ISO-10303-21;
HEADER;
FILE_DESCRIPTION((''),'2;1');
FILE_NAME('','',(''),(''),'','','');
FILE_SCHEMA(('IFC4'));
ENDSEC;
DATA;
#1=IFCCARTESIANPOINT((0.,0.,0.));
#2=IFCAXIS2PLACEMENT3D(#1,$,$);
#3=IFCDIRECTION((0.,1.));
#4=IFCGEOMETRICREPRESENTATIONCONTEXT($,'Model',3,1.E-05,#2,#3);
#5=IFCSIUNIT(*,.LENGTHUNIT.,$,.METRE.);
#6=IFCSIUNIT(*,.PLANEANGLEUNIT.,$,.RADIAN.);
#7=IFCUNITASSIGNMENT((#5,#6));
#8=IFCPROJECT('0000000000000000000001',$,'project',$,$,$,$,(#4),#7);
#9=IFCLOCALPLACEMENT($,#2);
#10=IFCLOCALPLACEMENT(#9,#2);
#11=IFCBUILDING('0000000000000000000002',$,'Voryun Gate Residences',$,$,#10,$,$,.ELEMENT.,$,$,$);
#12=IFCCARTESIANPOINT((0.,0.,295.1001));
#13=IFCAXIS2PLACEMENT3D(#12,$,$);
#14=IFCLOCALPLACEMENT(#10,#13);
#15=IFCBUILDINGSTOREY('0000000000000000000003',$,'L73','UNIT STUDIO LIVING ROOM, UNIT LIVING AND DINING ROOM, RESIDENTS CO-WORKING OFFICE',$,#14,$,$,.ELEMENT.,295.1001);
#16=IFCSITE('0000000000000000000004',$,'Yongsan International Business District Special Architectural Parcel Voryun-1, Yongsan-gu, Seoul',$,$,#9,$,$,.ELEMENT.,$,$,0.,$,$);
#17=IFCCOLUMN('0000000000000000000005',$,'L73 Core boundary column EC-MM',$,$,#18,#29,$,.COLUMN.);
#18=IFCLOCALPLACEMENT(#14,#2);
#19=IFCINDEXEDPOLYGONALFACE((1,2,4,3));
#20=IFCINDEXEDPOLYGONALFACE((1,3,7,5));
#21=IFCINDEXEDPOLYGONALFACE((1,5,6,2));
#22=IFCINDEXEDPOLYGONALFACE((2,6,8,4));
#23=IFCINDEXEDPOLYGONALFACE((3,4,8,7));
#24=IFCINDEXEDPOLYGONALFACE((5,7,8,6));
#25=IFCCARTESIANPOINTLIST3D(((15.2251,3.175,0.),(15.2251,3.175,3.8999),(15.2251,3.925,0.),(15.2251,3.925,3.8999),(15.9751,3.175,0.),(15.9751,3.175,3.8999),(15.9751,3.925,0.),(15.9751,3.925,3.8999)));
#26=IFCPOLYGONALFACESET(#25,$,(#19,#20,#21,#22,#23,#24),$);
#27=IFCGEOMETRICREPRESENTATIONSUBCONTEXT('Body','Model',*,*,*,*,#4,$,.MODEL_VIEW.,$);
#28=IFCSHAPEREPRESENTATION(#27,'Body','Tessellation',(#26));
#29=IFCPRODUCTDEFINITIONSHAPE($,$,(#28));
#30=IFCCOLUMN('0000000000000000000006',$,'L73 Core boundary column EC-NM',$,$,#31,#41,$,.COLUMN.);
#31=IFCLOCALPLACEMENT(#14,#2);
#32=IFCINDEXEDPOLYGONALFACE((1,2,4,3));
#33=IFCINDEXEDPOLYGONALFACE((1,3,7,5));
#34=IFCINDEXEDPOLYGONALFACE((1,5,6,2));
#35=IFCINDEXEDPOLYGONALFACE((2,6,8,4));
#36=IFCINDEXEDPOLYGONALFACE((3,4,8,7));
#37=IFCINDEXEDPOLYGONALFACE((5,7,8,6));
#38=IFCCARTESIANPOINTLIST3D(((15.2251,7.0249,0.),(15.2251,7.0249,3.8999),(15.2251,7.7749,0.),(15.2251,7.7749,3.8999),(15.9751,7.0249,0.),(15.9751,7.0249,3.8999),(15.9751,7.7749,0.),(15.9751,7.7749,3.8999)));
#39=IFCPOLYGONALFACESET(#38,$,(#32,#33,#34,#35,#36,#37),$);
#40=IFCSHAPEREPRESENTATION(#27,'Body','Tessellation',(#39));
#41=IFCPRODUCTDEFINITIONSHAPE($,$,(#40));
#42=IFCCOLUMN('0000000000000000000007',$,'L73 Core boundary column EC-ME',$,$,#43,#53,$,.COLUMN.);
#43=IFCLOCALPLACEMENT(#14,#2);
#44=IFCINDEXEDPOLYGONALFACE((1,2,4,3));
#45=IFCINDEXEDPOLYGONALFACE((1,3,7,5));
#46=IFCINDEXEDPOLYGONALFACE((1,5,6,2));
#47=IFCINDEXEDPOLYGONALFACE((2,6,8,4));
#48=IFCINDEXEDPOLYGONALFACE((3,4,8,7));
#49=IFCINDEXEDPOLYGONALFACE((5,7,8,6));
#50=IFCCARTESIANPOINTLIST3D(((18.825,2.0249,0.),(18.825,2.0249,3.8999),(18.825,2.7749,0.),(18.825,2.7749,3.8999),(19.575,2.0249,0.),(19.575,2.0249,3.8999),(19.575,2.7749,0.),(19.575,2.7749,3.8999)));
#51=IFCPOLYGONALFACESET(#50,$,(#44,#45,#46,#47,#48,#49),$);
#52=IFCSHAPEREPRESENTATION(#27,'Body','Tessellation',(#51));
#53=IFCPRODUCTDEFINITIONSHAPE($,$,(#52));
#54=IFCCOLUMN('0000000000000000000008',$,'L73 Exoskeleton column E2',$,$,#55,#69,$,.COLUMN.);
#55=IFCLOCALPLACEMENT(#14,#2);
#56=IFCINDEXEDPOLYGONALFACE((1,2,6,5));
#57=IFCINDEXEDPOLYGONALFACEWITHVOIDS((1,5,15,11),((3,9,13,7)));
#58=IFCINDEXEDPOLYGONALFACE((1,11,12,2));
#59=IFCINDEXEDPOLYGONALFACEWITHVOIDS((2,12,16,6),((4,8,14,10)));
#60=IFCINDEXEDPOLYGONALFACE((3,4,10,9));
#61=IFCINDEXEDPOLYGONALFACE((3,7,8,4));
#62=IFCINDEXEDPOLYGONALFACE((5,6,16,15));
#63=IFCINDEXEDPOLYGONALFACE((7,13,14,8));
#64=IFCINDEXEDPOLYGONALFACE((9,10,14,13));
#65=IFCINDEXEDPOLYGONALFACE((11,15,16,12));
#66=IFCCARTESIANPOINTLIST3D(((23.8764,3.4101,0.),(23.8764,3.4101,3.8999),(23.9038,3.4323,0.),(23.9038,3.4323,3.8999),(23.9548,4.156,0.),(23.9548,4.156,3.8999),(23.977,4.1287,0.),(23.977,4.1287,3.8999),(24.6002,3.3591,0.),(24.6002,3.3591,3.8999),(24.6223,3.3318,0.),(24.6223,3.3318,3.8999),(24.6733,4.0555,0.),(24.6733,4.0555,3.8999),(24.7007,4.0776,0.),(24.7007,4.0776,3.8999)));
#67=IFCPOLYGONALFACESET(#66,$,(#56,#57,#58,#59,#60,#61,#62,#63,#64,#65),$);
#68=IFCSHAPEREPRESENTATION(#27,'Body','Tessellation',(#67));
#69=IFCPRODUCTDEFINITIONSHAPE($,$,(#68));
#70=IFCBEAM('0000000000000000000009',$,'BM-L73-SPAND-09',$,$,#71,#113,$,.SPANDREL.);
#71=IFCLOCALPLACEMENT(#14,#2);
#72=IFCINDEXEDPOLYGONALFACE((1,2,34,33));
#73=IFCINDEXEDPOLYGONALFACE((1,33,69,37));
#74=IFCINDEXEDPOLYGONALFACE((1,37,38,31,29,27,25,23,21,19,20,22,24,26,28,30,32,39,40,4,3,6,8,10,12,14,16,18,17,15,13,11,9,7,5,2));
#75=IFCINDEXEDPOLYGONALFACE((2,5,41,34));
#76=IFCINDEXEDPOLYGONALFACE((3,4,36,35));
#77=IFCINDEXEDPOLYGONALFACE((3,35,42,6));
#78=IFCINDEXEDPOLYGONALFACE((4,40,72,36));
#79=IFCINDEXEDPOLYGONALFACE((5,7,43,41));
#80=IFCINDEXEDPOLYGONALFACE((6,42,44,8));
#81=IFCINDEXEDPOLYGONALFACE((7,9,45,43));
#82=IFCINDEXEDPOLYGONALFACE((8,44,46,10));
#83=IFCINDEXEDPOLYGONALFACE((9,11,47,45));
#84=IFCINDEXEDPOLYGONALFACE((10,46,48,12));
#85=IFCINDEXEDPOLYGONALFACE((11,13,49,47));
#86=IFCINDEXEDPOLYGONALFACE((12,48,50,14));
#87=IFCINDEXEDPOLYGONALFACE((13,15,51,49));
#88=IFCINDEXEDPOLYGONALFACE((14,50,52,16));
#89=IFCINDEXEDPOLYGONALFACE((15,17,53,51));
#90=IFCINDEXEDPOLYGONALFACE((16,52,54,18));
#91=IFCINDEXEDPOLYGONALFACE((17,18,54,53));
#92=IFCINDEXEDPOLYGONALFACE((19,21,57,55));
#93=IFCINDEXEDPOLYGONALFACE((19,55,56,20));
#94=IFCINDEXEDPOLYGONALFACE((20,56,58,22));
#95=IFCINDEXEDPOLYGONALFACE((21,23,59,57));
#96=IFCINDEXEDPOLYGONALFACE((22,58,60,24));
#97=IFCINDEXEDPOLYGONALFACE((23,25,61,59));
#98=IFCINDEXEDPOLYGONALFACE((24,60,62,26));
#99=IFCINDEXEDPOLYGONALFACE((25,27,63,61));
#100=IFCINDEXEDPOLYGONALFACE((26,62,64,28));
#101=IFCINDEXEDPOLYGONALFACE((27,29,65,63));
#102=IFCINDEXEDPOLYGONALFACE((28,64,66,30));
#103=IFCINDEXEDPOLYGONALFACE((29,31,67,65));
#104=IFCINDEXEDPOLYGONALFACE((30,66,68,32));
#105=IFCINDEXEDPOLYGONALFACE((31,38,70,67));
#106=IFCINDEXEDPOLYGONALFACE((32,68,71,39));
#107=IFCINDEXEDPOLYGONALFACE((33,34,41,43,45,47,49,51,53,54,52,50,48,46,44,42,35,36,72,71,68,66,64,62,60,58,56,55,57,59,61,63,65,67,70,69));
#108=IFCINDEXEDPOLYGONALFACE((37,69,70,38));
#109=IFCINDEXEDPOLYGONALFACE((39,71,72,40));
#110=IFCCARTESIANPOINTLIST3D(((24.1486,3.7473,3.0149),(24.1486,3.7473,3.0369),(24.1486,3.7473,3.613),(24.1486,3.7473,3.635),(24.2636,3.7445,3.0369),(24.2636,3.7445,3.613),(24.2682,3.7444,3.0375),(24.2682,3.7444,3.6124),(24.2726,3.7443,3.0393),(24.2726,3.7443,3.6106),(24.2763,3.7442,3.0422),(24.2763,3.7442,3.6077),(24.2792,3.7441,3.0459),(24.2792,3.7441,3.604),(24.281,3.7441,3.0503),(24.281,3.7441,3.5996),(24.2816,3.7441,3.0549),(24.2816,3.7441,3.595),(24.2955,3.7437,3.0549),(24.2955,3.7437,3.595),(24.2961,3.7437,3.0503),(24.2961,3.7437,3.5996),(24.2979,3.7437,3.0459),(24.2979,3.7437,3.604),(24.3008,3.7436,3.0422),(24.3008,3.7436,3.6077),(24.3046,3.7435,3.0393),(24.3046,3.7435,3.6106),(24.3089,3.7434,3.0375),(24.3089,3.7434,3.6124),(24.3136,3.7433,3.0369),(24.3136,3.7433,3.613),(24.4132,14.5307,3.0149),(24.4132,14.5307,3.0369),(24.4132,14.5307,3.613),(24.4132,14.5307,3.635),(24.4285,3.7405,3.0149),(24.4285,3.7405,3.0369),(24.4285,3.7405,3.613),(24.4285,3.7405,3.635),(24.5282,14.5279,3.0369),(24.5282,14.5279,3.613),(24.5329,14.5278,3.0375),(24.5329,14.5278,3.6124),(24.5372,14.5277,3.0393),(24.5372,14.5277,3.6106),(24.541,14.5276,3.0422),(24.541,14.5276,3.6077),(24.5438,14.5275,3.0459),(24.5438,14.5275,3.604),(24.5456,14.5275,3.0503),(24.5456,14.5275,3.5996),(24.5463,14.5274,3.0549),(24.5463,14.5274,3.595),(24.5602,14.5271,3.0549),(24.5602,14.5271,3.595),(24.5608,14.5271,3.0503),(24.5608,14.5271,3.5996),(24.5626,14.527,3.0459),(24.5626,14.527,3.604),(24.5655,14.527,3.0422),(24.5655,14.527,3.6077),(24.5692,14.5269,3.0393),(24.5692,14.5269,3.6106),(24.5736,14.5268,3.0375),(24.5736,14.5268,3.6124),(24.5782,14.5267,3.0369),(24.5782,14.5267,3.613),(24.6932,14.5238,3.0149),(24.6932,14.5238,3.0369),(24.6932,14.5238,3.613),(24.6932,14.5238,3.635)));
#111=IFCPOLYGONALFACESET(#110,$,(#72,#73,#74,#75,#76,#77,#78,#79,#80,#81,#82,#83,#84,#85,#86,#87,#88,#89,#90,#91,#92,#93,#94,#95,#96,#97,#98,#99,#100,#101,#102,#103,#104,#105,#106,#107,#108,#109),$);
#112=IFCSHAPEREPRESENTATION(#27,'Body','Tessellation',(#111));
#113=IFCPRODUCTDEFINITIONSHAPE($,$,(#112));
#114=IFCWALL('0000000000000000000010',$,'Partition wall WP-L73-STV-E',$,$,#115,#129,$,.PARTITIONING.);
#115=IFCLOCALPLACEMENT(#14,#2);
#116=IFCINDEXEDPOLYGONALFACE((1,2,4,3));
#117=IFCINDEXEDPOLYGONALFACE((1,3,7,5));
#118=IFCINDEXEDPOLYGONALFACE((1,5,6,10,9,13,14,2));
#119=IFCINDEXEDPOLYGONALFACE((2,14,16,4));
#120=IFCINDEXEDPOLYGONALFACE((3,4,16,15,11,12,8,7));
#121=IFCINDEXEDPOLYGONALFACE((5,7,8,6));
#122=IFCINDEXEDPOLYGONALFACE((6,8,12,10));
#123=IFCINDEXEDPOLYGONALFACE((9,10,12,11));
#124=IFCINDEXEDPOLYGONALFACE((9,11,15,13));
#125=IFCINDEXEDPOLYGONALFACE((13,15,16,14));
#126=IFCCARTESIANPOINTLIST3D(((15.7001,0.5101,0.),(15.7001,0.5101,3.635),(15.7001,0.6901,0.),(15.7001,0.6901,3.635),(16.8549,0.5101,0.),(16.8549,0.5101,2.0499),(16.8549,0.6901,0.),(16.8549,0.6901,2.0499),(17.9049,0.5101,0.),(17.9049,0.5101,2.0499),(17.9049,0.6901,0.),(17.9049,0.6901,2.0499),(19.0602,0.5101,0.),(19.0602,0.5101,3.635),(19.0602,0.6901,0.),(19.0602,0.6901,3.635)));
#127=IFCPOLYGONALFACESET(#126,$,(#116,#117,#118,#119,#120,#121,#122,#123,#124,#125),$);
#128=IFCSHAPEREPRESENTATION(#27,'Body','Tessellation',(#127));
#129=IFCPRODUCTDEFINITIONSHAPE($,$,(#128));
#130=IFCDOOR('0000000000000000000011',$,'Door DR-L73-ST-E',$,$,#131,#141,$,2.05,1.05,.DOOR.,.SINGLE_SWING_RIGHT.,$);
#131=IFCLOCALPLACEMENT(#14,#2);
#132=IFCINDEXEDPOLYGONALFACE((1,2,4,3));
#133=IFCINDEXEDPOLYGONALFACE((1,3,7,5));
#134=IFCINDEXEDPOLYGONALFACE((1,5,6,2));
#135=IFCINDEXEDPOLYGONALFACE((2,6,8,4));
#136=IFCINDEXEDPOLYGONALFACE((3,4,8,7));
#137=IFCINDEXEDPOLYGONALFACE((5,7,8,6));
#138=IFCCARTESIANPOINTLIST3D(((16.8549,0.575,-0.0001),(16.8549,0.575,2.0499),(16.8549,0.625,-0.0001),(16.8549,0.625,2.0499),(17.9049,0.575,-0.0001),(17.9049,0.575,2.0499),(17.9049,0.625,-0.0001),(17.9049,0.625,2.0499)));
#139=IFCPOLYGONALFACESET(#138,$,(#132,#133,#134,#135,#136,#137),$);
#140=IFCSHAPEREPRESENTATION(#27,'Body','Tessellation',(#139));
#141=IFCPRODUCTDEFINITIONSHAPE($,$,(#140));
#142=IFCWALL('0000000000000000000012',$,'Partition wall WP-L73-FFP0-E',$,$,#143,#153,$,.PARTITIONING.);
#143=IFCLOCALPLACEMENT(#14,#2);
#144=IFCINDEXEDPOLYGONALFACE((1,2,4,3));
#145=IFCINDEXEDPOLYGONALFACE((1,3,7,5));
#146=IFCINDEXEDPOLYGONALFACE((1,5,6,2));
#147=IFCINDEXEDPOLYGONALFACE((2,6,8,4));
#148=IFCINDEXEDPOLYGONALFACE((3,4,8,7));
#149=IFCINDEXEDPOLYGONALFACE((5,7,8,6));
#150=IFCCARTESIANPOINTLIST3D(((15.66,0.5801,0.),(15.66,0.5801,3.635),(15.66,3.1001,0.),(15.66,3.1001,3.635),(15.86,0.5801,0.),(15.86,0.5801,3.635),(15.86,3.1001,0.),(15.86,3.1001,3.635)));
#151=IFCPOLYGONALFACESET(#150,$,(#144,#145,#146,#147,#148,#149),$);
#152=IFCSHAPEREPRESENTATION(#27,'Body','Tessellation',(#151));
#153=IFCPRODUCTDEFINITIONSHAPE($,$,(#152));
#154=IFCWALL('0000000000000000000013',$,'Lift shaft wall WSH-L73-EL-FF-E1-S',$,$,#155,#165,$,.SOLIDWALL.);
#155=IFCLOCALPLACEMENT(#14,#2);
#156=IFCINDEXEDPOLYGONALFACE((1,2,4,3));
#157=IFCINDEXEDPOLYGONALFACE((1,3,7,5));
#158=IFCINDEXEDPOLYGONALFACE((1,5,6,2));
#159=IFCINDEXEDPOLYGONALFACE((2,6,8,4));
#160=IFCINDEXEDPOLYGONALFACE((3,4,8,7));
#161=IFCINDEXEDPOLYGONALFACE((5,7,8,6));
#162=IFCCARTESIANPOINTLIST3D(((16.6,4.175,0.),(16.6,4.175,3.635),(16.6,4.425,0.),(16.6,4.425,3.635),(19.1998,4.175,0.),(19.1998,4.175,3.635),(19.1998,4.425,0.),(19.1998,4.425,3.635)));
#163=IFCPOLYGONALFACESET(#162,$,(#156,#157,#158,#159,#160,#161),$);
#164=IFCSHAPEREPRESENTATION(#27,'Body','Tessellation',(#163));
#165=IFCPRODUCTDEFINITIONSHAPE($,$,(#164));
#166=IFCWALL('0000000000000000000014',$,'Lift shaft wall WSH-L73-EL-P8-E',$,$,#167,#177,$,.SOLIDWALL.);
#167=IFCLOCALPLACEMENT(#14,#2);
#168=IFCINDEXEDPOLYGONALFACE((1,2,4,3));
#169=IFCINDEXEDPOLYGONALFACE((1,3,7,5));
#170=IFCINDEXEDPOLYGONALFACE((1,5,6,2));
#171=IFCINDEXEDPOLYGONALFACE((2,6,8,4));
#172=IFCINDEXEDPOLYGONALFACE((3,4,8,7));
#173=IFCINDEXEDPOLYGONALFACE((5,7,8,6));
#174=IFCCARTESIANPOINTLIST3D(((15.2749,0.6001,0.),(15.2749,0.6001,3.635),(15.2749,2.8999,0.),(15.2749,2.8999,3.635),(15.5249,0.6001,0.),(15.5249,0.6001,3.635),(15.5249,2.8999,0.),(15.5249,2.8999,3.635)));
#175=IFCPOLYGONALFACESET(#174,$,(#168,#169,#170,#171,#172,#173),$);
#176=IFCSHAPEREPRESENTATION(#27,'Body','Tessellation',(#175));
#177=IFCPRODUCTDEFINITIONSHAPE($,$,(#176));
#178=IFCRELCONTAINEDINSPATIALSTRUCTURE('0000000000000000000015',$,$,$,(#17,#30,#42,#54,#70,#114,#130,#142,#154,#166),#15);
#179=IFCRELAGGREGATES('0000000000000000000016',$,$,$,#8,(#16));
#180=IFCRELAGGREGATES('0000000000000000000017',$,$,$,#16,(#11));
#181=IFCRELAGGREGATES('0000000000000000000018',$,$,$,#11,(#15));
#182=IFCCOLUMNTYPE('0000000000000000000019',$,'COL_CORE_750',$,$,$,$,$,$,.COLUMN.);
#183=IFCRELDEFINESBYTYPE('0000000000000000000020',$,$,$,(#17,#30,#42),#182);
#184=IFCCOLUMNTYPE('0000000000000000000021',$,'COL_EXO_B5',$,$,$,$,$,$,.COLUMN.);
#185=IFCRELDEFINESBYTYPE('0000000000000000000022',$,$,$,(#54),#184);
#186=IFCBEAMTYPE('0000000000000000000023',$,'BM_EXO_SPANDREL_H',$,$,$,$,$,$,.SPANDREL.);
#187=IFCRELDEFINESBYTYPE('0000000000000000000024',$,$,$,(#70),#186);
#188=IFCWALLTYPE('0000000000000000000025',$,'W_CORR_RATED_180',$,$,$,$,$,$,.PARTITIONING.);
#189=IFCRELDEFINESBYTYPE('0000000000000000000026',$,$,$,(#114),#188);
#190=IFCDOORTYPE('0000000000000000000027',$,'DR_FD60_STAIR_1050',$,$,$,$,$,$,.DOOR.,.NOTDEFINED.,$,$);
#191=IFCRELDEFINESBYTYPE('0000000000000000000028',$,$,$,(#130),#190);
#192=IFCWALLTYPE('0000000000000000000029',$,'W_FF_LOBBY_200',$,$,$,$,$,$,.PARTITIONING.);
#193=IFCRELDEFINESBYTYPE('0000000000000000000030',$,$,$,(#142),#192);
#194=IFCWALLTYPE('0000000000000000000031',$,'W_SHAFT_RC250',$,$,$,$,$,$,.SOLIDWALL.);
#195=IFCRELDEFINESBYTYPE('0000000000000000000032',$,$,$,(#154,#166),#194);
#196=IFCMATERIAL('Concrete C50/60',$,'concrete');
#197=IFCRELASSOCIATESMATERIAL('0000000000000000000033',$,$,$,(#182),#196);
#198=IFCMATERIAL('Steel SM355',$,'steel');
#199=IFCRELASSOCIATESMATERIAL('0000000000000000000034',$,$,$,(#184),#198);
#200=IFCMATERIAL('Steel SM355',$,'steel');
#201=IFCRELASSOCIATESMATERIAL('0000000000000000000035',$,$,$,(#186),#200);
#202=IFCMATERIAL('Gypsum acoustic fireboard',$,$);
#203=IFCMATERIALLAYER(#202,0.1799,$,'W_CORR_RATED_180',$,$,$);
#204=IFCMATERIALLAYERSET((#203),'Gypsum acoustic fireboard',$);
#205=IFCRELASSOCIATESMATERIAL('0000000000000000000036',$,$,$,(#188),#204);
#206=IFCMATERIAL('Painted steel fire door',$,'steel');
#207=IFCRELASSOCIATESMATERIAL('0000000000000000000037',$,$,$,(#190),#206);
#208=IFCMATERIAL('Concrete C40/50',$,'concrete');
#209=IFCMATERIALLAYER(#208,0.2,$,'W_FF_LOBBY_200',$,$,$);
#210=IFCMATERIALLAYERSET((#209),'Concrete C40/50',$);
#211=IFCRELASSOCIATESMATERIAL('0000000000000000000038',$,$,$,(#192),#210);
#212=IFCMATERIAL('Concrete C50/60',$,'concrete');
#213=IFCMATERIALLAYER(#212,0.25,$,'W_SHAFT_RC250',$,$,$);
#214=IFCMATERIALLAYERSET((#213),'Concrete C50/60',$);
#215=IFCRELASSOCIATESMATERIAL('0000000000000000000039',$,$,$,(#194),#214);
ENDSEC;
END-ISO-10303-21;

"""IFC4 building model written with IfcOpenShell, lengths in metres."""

from ifc_helpers import new_model, si_unit, direction, frame, frame_2d, origin, origin_2d, place, context, subcontext, project, spatial, rectangle, hollow_rectangle, i_section, extrude, material, layer, layer_set, material_profile, profile_set, type_object, element, fill, save


model = new_model("IFC4")

# Units and contexts
model_context = context("Model", 3, precision=1e-05, world=origin(), true_north=direction((0.0, 1.0)))
body_context = subcontext(model_context, "Body", "Model", "MODEL_VIEW")
ifc_project = project(units=[si_unit("LENGTHUNIT", "METRE"), si_unit("PLANEANGLEUNIT", "RADIAN")], contexts=[model_context])

# Site, building, storey
site_placement = place(None, origin())
site = spatial("IfcSite", under=ifc_project, at=site_placement, Name="Yongsan International Business District Special Architectural Parcel Voryun-1, Yongsan-gu, Seoul", CompositionType="ELEMENT", RefElevation=0.0)
building_placement = place(site_placement, origin())
building = spatial("IfcBuilding", under=site, at=building_placement, Name="Voryun Gate Residences", CompositionType="ELEMENT")
storey_placement = place(building_placement, frame((0.0, 0.0, 295.1001)))
storey = spatial("IfcBuildingStorey", under=building, at=storey_placement, Name="L73", Description="UNIT STUDIO LIVING ROOM, UNIT LIVING AND DINING ROOM, RESIDENTS CO-WORKING OFFICE", CompositionType="ELEMENT", Elevation=295.1001)

# Columns
ifc_material_1 = material(Name="Concrete C50/60", Category="concrete")
ifc_material_profile_1 = material_profile(ifc_material_1, rectangle(XDim=0.75, YDim=0.75, at=origin_2d()), Name="RC-750x750")
ifc_profile_set_1 = profile_set([ifc_material_profile_1], Name="Concrete C50/60")
column_type_1 = type_object("IfcColumnType", Name="COL_CORE_750", PredefinedType="COLUMN", material=ifc_profile_set_1)
for number, where, z_axis, x_axis, name in (
    (1, (15.6001, 3.55, 0.0), (0.0, 0.0, 1.0), (1.0, 0.0, 0.0), "L73 Core boundary column EC-MM"),
    (2, (15.6001, 7.3999, 0.0), (0.0, 0.0, 1.0), (1.0, 0.0, 0.0), "L73 Core boundary column EC-NM"),
    (3, (19.2, 2.3999, 0.0), (0.0, 0.0, 1.0), (1.0, 0.0, 0.0), "L73 Core boundary column EC-ME"),
):
    element("IfcColumn", number, at=place(storey_placement, frame(where, z_axis=z_axis, x_axis=x_axis)), inside=storey, type_object=column_type_1, Name=name, PredefinedType="COLUMN", context=body_context, shape_type="SweptSolid", body=[
        extrude(rectangle(XDim=0.75, YDim=0.75, at=origin_2d()), origin(), (0.0, 0.0, 1.0), 3.8999),
    ])
ifc_material_2 = material(Name="Steel SM355", Category="steel")
ifc_material_profile_2 = material_profile(ifc_material_2, hollow_rectangle(XDim=0.75, YDim=0.75, WallThickness=0.0249, at=origin_2d()), Name="BOX-750x750x25")
ifc_profile_set_2 = profile_set([ifc_material_profile_2], Name="Steel SM355")
column_type_2 = type_object("IfcColumnType", Name="COL_EXO_B5", PredefinedType="COLUMN", material=ifc_profile_set_2)
column_placement = place(storey_placement, frame((24.2886, 3.7439, 0.0), z_axis=(0.0, 0.0, 1.0), x_axis=(0.994522, -0.104528, 0.0)))
element("IfcColumn", 4, at=column_placement, inside=storey, type_object=column_type_2, Name="L73 Exoskeleton column E2", PredefinedType="COLUMN", context=body_context, shape_type="SweptSolid", body=[
    extrude(hollow_rectangle(XDim=0.75, YDim=0.75, WallThickness=0.0249, at=origin_2d()), origin(), (0.0, 0.0, 1.0), 3.8999),
])

# Beam
ifc_material_3 = material(Name="Steel SM355", Category="steel")
ifc_material_profile_3 = material_profile(ifc_material_3, i_section(OverallWidth=0.28, OverallDepth=0.6201, WebThickness=0.0139, FlangeThickness=0.022, FilletRadius=0.0181, at=origin_2d()), Name="H-620x280x14x22")
ifc_profile_set_3 = profile_set([ifc_material_profile_3], Name="Steel SM355")
beam_type = type_object("IfcBeamType", Name="BM_EXO_SPANDREL_H", PredefinedType="SPANDREL", material=ifc_profile_set_3)
beam_placement = place(storey_placement, frame((24.2886, 3.7439, 3.325), z_axis=(0.024535, 0.999699, 0.0), x_axis=(-0.999699, 0.024535, 0.0)))
element("IfcBeam", 5, at=beam_placement, inside=storey, type_object=beam_type, Name="BM-L73-SPAND-09", PredefinedType="SPANDREL", context=body_context, shape_type="SweptSolid", body=[
    extrude(i_section(OverallWidth=0.28, OverallDepth=0.6201, WebThickness=0.0139, FlangeThickness=0.022, FilletRadius=0.0181, at=origin_2d()), origin(), (0.0, 0.0, 1.0), 10.7866),
])

# Wall, opening, door
ifc_material_4 = material(Name="Gypsum acoustic fireboard")
ifc_layer_1 = layer(ifc_material_4, 0.1799, Name="W_CORR_RATED_180")
ifc_layer_set_1 = layer_set([ifc_layer_1], Name="Gypsum acoustic fireboard")
wall_type_1 = type_object("IfcWallType", Name="W_CORR_RATED_180", PredefinedType="PARTITIONING", material=ifc_layer_set_1)
wall_1_placement = place(storey_placement, frame((15.7, 0.6001, 0.0), z_axis=(0.0, 0.0, 1.0), x_axis=(1.0, 0.0, 0.0)))
wall_1 = element("IfcWall", 6, at=wall_1_placement, inside=storey, type_object=wall_type_1, Name="Partition wall WP-L73-STV-E", PredefinedType="PARTITIONING", context=body_context, shape_type="SweptSolid", body=[
    extrude(rectangle(XDim=3.3601, YDim=0.1799, at=frame_2d((1.6802, 0.0))), origin(), (0.0, 0.0, 1.0), 3.635),
])
opening_1_placement = place(wall_1_placement, frame((1.155, 0.0, 0.0)))
opening_1 = element("IfcOpeningElement", 7, at=opening_1_placement, cuts=wall_1, PredefinedType="OPENING", context=body_context, shape_type="SweptSolid", body=[
    extrude(rectangle(XDim=1.05, YDim=2.05, at=frame_2d((0.5249, 1.0249))), frame((0.0, 0.0999, 0.0), z_axis=(0.0, -1.0, 0.0), x_axis=(1.0, 0.0, 0.0)), (0.0, 0.0, 1.0), 0.2),
])
ifc_material_5 = material(Name="Painted steel fire door", Category="steel")
door_type_1 = type_object("IfcDoorType", Name="DR_FD60_STAIR_1050", OperationType="NOTDEFINED", PredefinedType="DOOR", material=ifc_material_5)
door_1_placement = place(opening_1_placement, origin())
door_1 = element("IfcDoor", 8, at=door_1_placement, inside=storey, type_object=door_type_1, Name="Door DR-L73-ST-E", OperationType="SINGLE_SWING_RIGHT", OverallHeight=2.05, OverallWidth=1.05, PredefinedType="DOOR", context=body_context, shape_type="SweptSolid", body=[
    extrude(rectangle(XDim=1.05, YDim=2.05, at=frame_2d((0.5249, 1.0249))), frame((0.0, 0.0249, 0.0), z_axis=(0.0, -1.0, 0.0), x_axis=(1.0, 0.0, 0.0)), (0.0, 0.0, 1.0), 0.05),
])
fill(opening_1, door_1)

# Walls
ifc_material_6 = material(Name="Concrete C40/50", Category="concrete")
ifc_layer_2 = layer(ifc_material_6, 0.2, Name="W_FF_LOBBY_200")
ifc_layer_set_2 = layer_set([ifc_layer_2], Name="Concrete C40/50")
wall_type_2 = type_object("IfcWallType", Name="W_FF_LOBBY_200", PredefinedType="PARTITIONING", material=ifc_layer_set_2)
wall_2_placement = place(storey_placement, frame((15.76, 0.5801, 0.0), z_axis=(0.0, 0.0, 1.0), x_axis=(0.0, 1.0, 0.0)))
element("IfcWall", 9, at=wall_2_placement, inside=storey, type_object=wall_type_2, Name="Partition wall WP-L73-FFP0-E", PredefinedType="PARTITIONING", context=body_context, shape_type="SweptSolid", body=[
    extrude(rectangle(XDim=2.52, YDim=0.2, at=frame_2d((1.26, 0.0))), origin(), (0.0, 0.0, 1.0), 3.635),
])
ifc_material_7 = material(Name="Concrete C50/60", Category="concrete")
ifc_layer_3 = layer(ifc_material_7, 0.25, Name="W_SHAFT_RC250")
ifc_layer_set_3 = layer_set([ifc_layer_3], Name="Concrete C50/60")
wall_type_3 = type_object("IfcWallType", Name="W_SHAFT_RC250", PredefinedType="SOLIDWALL", material=ifc_layer_set_3)
wall_3_placement = place(storey_placement, frame((16.6001, 4.3, 0.0), z_axis=(0.0, 0.0, 1.0), x_axis=(1.0, 0.0, 0.0)))
element("IfcWall", 10, at=wall_3_placement, inside=storey, type_object=wall_type_3, Name="Lift shaft wall WSH-L73-EL-FF-E1-S", PredefinedType="SOLIDWALL", context=body_context, shape_type="SweptSolid", body=[
    extrude(rectangle(XDim=2.5999, YDim=0.25, at=frame_2d((1.2998, 0.0))), origin(), (0.0, 0.0, 1.0), 3.635),
])
wall_4_placement = place(storey_placement, frame((15.3999, 0.6001, 0.0), z_axis=(0.0, 0.0, 1.0), x_axis=(0.0, 1.0, 0.0)))
element("IfcWall", 11, at=wall_4_placement, inside=storey, type_object=wall_type_3, Name="Lift shaft wall WSH-L73-EL-P8-E", PredefinedType="SOLIDWALL", context=body_context, shape_type="SweptSolid", body=[
    extrude(rectangle(XDim=2.2998, YDim=0.25, at=frame_2d((1.1499, 0.0))), origin(), (0.0, 0.0, 1.0), 3.635),
])

save(model, "model.ifc")
